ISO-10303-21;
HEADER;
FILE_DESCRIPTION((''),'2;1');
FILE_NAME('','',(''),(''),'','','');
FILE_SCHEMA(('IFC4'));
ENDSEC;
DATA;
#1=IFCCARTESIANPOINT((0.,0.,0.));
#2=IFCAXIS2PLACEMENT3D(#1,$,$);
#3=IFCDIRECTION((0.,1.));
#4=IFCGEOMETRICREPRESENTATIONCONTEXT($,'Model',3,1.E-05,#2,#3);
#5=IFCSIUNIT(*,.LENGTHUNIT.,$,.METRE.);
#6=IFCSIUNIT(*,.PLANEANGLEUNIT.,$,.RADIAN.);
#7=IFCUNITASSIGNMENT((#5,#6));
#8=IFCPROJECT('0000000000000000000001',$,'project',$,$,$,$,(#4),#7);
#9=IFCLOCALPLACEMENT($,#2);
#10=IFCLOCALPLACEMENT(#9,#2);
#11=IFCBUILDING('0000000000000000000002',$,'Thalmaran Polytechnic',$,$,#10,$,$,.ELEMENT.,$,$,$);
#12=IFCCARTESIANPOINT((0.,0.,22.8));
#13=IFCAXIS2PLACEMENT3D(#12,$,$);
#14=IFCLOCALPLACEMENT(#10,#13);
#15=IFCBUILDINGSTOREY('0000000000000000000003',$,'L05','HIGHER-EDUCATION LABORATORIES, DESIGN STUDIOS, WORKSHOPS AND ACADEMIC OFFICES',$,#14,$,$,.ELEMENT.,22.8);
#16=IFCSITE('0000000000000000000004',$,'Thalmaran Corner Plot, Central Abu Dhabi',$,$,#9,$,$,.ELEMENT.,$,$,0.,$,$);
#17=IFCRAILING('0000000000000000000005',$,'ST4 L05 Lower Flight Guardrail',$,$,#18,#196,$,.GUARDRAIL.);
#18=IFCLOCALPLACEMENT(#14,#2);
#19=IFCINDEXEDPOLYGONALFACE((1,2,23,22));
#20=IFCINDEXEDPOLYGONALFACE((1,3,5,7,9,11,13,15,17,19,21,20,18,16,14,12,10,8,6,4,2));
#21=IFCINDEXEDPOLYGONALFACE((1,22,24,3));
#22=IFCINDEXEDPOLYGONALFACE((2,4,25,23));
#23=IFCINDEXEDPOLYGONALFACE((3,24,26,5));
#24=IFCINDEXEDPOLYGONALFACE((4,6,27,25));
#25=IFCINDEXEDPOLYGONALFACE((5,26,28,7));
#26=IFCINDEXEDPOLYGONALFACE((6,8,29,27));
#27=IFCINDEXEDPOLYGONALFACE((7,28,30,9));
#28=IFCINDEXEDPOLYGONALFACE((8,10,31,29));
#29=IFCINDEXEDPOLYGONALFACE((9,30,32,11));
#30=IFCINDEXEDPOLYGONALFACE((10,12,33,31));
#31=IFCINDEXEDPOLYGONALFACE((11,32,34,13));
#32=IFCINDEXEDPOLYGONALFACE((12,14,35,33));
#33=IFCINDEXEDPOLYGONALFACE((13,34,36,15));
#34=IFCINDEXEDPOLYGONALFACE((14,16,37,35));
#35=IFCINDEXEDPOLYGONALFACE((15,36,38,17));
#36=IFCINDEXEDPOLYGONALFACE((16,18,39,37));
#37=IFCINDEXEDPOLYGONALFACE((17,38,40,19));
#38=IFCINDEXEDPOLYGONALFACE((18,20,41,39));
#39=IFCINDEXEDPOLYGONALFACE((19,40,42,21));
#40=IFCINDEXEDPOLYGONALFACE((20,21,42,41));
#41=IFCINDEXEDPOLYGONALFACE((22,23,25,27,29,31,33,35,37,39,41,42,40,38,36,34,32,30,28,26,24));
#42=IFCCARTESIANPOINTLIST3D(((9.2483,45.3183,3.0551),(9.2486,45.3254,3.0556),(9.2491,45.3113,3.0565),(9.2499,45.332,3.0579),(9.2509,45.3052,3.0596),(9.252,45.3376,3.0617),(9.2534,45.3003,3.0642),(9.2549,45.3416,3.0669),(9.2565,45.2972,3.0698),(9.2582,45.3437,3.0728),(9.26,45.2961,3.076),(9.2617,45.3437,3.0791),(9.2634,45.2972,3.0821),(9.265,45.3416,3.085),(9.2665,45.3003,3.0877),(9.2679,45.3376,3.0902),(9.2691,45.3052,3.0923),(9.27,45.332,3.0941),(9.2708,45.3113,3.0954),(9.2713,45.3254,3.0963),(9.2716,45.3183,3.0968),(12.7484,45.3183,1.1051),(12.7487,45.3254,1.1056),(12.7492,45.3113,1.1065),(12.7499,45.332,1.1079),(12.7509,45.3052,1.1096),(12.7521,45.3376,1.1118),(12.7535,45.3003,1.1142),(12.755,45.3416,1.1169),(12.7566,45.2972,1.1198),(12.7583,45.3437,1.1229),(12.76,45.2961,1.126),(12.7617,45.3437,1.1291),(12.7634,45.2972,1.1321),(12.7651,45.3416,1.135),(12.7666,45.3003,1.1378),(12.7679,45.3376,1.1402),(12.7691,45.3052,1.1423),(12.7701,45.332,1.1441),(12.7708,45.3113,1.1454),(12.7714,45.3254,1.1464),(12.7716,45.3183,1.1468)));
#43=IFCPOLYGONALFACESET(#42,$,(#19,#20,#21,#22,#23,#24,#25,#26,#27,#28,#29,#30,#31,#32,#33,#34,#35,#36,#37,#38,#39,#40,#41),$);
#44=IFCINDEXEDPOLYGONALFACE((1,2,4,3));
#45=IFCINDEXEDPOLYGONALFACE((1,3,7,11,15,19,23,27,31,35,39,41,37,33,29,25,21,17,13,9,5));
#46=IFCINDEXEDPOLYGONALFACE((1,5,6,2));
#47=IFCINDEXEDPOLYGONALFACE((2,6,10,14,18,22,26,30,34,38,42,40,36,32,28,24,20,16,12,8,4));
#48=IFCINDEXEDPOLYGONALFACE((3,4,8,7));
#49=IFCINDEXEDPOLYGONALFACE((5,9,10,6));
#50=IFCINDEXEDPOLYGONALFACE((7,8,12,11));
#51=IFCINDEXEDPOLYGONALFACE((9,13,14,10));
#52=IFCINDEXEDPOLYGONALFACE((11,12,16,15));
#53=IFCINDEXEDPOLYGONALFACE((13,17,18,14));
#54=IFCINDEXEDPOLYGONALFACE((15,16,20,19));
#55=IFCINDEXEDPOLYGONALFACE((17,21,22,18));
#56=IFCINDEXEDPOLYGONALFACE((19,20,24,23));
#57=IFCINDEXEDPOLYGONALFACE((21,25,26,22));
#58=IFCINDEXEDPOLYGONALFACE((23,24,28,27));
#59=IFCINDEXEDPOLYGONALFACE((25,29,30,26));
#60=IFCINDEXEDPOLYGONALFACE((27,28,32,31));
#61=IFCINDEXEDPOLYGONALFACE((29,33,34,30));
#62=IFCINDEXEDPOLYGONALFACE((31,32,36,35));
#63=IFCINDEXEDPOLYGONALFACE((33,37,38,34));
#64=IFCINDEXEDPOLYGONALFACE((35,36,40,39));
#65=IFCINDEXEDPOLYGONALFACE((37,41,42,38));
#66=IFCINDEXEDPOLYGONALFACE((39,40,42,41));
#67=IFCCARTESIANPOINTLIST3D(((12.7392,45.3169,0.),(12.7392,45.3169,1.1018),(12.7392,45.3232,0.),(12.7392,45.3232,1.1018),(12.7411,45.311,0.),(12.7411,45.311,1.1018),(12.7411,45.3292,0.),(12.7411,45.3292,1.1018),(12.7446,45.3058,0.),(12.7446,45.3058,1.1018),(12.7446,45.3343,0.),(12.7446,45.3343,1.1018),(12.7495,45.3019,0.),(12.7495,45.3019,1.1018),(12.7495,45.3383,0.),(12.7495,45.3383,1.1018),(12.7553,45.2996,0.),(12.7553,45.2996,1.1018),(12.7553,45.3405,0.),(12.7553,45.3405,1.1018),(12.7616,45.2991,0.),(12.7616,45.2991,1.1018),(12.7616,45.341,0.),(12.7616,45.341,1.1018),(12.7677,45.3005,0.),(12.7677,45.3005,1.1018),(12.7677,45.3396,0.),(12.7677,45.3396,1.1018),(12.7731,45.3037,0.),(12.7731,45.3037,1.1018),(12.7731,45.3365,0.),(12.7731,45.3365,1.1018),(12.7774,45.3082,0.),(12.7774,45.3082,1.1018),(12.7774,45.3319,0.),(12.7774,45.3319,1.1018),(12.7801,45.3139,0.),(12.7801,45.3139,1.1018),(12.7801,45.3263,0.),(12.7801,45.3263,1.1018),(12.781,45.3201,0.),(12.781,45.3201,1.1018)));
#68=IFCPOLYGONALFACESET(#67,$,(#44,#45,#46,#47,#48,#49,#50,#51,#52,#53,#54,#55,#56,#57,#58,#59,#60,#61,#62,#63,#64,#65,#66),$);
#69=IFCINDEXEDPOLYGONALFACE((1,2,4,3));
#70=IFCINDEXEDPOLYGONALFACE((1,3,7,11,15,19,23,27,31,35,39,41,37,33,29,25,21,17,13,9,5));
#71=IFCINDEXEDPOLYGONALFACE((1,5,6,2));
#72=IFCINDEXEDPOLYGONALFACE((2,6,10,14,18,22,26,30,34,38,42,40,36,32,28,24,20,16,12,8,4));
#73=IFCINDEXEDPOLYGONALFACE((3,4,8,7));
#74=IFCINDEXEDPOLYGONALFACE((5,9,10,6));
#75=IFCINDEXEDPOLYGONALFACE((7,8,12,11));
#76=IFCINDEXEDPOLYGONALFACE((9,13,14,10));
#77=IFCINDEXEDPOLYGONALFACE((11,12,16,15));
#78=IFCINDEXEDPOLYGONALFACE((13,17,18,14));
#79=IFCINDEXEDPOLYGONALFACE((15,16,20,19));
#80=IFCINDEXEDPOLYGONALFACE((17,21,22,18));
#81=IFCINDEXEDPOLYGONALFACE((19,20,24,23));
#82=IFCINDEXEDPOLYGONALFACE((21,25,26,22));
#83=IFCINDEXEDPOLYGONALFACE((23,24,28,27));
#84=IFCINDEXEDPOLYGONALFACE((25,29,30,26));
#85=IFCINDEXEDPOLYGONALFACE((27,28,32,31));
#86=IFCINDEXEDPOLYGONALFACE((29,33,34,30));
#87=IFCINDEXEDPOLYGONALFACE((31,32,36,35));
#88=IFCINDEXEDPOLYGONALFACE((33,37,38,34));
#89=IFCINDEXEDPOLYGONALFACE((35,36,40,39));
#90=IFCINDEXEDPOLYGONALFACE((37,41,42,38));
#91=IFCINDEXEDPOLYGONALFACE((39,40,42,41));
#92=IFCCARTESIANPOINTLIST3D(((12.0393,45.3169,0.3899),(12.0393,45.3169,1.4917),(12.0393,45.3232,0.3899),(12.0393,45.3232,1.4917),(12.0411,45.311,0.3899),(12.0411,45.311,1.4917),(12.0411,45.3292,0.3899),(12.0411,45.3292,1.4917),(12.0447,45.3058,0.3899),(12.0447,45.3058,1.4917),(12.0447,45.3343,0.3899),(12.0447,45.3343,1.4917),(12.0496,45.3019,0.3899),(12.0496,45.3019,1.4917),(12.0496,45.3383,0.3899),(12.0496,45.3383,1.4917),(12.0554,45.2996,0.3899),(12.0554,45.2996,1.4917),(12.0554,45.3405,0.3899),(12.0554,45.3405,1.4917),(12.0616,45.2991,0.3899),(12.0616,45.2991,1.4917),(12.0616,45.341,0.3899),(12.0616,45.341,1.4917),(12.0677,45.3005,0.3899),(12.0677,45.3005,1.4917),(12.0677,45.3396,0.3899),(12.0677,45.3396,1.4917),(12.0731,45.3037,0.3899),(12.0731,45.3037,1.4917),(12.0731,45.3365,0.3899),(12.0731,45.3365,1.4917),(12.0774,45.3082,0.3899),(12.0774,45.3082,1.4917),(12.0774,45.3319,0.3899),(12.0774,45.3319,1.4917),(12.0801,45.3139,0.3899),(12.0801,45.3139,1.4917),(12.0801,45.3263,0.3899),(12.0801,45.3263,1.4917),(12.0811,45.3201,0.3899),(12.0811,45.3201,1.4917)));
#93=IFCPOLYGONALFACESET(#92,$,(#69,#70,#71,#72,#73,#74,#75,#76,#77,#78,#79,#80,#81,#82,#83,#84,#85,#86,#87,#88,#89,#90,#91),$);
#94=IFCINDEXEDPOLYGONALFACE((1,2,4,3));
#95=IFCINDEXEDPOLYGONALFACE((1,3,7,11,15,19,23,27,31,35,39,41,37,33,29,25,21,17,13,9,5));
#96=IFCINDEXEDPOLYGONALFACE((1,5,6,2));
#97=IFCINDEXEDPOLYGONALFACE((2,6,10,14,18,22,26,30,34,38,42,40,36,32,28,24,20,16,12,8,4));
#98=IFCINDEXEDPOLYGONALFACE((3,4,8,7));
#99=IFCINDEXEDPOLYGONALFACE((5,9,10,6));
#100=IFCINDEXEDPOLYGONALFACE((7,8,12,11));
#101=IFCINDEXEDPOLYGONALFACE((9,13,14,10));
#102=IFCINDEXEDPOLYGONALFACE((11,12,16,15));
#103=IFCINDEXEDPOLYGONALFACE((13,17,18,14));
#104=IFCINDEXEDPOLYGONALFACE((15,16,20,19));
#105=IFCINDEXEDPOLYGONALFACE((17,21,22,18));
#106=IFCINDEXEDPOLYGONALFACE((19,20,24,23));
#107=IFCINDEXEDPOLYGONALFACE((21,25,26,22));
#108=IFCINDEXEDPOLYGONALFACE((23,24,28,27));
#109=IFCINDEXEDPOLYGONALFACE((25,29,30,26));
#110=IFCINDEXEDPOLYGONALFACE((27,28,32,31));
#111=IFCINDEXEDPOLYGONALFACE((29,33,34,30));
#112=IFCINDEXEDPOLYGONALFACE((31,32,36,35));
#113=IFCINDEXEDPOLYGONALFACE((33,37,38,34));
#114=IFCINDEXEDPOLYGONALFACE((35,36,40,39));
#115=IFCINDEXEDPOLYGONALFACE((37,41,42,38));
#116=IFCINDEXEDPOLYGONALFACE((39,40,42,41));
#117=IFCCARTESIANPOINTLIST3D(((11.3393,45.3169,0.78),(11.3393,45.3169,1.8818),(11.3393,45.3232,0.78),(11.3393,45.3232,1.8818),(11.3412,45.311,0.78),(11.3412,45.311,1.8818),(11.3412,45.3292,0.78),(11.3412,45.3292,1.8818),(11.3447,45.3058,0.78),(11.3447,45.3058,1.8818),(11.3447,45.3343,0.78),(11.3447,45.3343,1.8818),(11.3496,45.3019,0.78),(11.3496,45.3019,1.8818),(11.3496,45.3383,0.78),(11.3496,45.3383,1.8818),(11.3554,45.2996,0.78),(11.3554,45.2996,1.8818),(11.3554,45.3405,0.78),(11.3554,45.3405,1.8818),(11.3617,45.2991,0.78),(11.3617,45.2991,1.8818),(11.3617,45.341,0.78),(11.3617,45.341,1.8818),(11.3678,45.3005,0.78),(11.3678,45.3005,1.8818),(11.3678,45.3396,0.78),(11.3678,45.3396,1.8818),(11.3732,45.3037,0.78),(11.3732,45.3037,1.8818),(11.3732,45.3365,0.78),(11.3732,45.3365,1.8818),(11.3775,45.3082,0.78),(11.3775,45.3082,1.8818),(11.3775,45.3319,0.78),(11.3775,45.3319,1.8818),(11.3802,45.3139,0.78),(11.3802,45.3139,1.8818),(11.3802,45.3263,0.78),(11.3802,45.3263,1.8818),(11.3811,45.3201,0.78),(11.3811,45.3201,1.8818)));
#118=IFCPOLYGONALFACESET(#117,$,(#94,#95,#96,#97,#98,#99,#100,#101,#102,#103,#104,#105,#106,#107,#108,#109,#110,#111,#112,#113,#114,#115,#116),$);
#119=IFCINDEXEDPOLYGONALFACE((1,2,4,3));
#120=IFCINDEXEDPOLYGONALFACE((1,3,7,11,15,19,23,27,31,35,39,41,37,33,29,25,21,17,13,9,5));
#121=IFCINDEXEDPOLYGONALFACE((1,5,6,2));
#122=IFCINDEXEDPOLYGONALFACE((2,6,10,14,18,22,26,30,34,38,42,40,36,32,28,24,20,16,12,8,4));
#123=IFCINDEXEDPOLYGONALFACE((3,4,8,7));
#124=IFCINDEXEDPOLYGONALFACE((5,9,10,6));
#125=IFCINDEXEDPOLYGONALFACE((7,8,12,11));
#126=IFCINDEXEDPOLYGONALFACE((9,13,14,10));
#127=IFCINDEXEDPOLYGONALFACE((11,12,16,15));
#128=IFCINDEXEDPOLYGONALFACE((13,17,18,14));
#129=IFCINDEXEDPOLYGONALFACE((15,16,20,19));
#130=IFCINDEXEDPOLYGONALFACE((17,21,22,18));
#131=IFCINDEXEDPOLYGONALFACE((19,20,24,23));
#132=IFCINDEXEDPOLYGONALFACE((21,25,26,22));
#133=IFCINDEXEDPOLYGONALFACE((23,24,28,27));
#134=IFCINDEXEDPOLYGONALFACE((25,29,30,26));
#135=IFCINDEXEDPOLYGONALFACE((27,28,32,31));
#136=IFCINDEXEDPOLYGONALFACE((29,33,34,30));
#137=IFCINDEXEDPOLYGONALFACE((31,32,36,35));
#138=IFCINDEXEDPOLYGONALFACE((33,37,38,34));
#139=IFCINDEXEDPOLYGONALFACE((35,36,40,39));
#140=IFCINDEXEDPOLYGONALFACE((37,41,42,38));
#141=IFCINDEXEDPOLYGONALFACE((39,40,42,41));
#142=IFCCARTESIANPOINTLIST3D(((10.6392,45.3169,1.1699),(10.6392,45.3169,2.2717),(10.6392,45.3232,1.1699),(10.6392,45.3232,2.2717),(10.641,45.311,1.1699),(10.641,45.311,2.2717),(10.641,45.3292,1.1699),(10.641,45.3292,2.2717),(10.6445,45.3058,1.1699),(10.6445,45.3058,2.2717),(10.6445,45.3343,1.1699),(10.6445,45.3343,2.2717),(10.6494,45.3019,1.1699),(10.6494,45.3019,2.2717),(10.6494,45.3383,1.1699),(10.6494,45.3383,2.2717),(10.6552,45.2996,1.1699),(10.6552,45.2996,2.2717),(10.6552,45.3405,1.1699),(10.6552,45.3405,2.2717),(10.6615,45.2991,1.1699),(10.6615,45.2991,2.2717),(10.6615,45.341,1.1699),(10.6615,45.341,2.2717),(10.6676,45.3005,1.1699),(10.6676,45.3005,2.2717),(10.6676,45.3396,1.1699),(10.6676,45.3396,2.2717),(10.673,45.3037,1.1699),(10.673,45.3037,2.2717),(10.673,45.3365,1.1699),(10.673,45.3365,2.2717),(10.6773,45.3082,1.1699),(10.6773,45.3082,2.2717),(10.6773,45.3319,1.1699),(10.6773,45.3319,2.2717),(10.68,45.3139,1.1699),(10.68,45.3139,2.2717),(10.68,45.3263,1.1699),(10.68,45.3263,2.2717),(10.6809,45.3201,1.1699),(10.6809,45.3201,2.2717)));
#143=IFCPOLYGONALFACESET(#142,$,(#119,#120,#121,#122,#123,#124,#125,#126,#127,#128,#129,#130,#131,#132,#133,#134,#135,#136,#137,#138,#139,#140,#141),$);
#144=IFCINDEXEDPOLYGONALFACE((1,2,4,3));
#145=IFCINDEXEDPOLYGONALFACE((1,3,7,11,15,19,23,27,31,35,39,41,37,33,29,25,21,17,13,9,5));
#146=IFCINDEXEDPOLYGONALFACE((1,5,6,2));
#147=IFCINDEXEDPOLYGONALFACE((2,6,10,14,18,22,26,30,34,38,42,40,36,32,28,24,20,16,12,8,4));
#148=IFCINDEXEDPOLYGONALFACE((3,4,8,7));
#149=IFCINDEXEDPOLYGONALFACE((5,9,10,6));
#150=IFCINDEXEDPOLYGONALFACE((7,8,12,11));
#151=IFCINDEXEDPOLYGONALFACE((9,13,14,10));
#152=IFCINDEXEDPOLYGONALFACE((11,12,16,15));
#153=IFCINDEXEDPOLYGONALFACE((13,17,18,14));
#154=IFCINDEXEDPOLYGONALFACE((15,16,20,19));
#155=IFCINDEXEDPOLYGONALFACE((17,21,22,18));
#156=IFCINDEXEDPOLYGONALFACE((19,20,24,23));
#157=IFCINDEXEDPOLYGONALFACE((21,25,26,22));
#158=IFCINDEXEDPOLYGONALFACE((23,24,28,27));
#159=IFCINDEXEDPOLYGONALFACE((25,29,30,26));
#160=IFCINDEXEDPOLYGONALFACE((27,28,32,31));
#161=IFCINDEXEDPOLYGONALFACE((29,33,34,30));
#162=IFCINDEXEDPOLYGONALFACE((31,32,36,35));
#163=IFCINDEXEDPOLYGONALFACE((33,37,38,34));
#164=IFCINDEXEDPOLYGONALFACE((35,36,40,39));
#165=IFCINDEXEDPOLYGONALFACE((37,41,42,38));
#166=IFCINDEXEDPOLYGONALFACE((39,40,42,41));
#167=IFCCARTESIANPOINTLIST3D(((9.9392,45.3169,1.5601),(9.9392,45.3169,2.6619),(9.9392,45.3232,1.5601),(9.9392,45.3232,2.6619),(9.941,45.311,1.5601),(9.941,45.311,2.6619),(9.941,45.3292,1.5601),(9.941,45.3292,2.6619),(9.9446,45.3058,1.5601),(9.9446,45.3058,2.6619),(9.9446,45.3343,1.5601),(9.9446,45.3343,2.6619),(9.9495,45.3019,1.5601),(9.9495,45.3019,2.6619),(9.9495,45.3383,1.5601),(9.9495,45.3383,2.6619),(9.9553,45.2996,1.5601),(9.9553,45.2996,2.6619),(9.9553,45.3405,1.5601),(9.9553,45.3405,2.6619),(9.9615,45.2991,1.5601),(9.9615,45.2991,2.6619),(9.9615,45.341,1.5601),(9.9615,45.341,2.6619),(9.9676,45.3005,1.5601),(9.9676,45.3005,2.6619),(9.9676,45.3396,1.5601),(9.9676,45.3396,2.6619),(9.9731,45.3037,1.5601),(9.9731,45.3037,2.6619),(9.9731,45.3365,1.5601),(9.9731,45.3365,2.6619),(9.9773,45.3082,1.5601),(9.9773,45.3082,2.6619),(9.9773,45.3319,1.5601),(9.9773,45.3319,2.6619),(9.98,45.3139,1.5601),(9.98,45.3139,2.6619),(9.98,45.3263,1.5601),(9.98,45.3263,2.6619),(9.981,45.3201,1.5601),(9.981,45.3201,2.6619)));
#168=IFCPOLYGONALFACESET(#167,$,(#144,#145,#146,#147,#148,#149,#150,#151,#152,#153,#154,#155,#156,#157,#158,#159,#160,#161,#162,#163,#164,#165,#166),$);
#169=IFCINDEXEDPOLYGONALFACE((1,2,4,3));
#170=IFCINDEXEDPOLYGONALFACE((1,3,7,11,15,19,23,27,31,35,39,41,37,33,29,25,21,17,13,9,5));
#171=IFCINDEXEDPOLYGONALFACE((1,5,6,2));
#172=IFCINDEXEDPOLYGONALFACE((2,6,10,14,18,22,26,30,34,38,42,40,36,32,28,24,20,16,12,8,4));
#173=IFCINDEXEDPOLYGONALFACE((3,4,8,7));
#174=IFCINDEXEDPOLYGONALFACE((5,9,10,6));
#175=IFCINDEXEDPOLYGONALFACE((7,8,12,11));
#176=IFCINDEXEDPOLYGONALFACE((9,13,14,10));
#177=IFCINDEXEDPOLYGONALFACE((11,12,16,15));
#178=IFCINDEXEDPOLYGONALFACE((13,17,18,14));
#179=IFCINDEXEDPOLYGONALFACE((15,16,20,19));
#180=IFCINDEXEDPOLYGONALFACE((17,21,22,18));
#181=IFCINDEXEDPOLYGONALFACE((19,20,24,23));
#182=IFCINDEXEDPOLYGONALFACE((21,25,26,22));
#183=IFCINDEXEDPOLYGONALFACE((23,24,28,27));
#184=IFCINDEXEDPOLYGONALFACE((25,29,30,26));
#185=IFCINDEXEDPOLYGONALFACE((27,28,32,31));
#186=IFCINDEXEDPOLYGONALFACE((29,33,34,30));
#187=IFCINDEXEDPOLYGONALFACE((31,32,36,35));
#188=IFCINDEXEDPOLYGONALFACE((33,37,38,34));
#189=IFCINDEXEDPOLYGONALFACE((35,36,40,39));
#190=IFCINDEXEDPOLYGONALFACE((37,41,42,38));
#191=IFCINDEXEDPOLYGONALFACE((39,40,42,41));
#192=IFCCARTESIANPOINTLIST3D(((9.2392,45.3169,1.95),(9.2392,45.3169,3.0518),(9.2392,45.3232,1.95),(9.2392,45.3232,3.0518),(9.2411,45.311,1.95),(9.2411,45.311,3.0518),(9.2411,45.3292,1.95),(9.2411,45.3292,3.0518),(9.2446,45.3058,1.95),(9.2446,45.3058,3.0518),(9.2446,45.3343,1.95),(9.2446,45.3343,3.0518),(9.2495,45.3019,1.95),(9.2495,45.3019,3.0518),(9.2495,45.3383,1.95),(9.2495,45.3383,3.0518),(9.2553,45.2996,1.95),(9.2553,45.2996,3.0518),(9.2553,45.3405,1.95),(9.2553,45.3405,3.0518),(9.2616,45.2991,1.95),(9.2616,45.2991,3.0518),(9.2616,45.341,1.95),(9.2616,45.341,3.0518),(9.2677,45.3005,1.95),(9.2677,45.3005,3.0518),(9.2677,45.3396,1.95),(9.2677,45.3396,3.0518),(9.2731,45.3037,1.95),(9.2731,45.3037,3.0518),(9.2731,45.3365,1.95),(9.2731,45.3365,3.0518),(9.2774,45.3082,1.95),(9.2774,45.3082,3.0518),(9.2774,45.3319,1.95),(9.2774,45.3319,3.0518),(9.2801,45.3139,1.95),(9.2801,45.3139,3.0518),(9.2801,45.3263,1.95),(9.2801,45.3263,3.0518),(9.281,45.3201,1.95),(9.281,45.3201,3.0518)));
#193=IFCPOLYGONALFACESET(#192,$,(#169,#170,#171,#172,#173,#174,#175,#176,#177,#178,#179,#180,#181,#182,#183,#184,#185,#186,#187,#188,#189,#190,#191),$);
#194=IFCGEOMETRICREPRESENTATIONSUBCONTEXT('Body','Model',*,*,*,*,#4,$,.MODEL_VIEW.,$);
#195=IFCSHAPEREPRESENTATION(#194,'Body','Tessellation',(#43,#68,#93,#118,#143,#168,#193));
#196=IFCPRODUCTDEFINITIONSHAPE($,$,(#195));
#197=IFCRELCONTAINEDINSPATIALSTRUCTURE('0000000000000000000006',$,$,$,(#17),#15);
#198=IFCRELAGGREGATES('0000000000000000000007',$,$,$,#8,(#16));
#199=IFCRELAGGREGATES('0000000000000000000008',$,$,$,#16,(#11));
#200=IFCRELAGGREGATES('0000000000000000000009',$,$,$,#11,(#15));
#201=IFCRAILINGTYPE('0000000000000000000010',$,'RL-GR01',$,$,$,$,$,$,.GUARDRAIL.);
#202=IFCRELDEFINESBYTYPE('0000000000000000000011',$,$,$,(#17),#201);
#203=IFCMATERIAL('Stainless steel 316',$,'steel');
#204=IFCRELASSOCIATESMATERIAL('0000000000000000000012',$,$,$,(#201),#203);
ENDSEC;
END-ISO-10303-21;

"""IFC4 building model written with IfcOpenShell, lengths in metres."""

from ifc_helpers import new_model, si_unit, direction, frame, origin, origin_2d, place, context, subcontext, project, spatial, circle, extrude, material, type_object, element, save


model = new_model("IFC4")

# Units and contexts
model_context = context("Model", 3, precision=1e-05, world=origin(), true_north=direction((0.0, 1.0)))
body_context = subcontext(model_context, "Body", "Model", "MODEL_VIEW")
ifc_project = project(units=[si_unit("LENGTHUNIT", "METRE"), si_unit("PLANEANGLEUNIT", "RADIAN")], contexts=[model_context])

# Site, building, storey
site_placement = place(None, origin())
site = spatial("IfcSite", under=ifc_project, at=site_placement, Name="Thalmaran Corner Plot, Central Abu Dhabi", CompositionType="ELEMENT", RefElevation=0.0)
building_placement = place(site_placement, origin())
building = spatial("IfcBuilding", under=site, at=building_placement, Name="Thalmaran Polytechnic", CompositionType="ELEMENT")
storey_placement = place(building_placement, frame((0.0, 0.0, 22.8)))
storey = spatial("IfcBuildingStorey", under=building, at=storey_placement, Name="L05", Description="HIGHER-EDUCATION LABORATORIES, DESIGN STUDIOS, WORKSHOPS AND ACADEMIC OFFICES", CompositionType="ELEMENT", Elevation=22.8)

# Railing
ifc_material_1 = material(Name="Stainless steel 316", Category="steel")
railing_type_1 = type_object("IfcRailingType", Name="RL-GR01", PredefinedType="GUARDRAIL", material=ifc_material_1)
railing_1_placement = place(storey_placement, frame((12.76, 45.3201, 0.0)))
element("IfcRailing", 1, at=railing_1_placement, inside=storey, type_object=railing_type_1, Name="ST4 L05 Lower Flight Guardrail", PredefinedType="GUARDRAIL", context=body_context, shape_type="SweptSolid", body=[
    extrude(circle(Radius=0.0239, at=origin_2d()), frame((0.0, 0.0, 1.126), z_axis=(-0.873573, 0.0, 0.486693), x_axis=(0.0, -1.0, 0.0)), (0.0, 0.0, 1.0), 4.0066),
    extrude(circle(Radius=0.021, at=origin_2d()), origin(), (0.0, 0.0, 1.0), 1.1018),
    extrude(circle(Radius=0.021, at=origin_2d()), frame((-0.7, 0.0, 0.3899)), (0.0, 0.0, 1.0), 1.1018),
    extrude(circle(Radius=0.021, at=origin_2d()), frame((-1.3999, 0.0, 0.78)), (0.0, 0.0, 1.0), 1.1018),
    extrude(circle(Radius=0.021, at=origin_2d()), frame((-2.1001, 0.0, 1.1699)), (0.0, 0.0, 1.0), 1.1018),
    extrude(circle(Radius=0.021, at=origin_2d()), frame((-2.8, 0.0, 1.5601)), (0.0, 0.0, 1.0), 1.1018),
    extrude(circle(Radius=0.021, at=origin_2d()), frame((-3.5, 0.0, 1.95)), (0.0, 0.0, 1.0), 1.1018),
])

save(model, "model.ifc")
